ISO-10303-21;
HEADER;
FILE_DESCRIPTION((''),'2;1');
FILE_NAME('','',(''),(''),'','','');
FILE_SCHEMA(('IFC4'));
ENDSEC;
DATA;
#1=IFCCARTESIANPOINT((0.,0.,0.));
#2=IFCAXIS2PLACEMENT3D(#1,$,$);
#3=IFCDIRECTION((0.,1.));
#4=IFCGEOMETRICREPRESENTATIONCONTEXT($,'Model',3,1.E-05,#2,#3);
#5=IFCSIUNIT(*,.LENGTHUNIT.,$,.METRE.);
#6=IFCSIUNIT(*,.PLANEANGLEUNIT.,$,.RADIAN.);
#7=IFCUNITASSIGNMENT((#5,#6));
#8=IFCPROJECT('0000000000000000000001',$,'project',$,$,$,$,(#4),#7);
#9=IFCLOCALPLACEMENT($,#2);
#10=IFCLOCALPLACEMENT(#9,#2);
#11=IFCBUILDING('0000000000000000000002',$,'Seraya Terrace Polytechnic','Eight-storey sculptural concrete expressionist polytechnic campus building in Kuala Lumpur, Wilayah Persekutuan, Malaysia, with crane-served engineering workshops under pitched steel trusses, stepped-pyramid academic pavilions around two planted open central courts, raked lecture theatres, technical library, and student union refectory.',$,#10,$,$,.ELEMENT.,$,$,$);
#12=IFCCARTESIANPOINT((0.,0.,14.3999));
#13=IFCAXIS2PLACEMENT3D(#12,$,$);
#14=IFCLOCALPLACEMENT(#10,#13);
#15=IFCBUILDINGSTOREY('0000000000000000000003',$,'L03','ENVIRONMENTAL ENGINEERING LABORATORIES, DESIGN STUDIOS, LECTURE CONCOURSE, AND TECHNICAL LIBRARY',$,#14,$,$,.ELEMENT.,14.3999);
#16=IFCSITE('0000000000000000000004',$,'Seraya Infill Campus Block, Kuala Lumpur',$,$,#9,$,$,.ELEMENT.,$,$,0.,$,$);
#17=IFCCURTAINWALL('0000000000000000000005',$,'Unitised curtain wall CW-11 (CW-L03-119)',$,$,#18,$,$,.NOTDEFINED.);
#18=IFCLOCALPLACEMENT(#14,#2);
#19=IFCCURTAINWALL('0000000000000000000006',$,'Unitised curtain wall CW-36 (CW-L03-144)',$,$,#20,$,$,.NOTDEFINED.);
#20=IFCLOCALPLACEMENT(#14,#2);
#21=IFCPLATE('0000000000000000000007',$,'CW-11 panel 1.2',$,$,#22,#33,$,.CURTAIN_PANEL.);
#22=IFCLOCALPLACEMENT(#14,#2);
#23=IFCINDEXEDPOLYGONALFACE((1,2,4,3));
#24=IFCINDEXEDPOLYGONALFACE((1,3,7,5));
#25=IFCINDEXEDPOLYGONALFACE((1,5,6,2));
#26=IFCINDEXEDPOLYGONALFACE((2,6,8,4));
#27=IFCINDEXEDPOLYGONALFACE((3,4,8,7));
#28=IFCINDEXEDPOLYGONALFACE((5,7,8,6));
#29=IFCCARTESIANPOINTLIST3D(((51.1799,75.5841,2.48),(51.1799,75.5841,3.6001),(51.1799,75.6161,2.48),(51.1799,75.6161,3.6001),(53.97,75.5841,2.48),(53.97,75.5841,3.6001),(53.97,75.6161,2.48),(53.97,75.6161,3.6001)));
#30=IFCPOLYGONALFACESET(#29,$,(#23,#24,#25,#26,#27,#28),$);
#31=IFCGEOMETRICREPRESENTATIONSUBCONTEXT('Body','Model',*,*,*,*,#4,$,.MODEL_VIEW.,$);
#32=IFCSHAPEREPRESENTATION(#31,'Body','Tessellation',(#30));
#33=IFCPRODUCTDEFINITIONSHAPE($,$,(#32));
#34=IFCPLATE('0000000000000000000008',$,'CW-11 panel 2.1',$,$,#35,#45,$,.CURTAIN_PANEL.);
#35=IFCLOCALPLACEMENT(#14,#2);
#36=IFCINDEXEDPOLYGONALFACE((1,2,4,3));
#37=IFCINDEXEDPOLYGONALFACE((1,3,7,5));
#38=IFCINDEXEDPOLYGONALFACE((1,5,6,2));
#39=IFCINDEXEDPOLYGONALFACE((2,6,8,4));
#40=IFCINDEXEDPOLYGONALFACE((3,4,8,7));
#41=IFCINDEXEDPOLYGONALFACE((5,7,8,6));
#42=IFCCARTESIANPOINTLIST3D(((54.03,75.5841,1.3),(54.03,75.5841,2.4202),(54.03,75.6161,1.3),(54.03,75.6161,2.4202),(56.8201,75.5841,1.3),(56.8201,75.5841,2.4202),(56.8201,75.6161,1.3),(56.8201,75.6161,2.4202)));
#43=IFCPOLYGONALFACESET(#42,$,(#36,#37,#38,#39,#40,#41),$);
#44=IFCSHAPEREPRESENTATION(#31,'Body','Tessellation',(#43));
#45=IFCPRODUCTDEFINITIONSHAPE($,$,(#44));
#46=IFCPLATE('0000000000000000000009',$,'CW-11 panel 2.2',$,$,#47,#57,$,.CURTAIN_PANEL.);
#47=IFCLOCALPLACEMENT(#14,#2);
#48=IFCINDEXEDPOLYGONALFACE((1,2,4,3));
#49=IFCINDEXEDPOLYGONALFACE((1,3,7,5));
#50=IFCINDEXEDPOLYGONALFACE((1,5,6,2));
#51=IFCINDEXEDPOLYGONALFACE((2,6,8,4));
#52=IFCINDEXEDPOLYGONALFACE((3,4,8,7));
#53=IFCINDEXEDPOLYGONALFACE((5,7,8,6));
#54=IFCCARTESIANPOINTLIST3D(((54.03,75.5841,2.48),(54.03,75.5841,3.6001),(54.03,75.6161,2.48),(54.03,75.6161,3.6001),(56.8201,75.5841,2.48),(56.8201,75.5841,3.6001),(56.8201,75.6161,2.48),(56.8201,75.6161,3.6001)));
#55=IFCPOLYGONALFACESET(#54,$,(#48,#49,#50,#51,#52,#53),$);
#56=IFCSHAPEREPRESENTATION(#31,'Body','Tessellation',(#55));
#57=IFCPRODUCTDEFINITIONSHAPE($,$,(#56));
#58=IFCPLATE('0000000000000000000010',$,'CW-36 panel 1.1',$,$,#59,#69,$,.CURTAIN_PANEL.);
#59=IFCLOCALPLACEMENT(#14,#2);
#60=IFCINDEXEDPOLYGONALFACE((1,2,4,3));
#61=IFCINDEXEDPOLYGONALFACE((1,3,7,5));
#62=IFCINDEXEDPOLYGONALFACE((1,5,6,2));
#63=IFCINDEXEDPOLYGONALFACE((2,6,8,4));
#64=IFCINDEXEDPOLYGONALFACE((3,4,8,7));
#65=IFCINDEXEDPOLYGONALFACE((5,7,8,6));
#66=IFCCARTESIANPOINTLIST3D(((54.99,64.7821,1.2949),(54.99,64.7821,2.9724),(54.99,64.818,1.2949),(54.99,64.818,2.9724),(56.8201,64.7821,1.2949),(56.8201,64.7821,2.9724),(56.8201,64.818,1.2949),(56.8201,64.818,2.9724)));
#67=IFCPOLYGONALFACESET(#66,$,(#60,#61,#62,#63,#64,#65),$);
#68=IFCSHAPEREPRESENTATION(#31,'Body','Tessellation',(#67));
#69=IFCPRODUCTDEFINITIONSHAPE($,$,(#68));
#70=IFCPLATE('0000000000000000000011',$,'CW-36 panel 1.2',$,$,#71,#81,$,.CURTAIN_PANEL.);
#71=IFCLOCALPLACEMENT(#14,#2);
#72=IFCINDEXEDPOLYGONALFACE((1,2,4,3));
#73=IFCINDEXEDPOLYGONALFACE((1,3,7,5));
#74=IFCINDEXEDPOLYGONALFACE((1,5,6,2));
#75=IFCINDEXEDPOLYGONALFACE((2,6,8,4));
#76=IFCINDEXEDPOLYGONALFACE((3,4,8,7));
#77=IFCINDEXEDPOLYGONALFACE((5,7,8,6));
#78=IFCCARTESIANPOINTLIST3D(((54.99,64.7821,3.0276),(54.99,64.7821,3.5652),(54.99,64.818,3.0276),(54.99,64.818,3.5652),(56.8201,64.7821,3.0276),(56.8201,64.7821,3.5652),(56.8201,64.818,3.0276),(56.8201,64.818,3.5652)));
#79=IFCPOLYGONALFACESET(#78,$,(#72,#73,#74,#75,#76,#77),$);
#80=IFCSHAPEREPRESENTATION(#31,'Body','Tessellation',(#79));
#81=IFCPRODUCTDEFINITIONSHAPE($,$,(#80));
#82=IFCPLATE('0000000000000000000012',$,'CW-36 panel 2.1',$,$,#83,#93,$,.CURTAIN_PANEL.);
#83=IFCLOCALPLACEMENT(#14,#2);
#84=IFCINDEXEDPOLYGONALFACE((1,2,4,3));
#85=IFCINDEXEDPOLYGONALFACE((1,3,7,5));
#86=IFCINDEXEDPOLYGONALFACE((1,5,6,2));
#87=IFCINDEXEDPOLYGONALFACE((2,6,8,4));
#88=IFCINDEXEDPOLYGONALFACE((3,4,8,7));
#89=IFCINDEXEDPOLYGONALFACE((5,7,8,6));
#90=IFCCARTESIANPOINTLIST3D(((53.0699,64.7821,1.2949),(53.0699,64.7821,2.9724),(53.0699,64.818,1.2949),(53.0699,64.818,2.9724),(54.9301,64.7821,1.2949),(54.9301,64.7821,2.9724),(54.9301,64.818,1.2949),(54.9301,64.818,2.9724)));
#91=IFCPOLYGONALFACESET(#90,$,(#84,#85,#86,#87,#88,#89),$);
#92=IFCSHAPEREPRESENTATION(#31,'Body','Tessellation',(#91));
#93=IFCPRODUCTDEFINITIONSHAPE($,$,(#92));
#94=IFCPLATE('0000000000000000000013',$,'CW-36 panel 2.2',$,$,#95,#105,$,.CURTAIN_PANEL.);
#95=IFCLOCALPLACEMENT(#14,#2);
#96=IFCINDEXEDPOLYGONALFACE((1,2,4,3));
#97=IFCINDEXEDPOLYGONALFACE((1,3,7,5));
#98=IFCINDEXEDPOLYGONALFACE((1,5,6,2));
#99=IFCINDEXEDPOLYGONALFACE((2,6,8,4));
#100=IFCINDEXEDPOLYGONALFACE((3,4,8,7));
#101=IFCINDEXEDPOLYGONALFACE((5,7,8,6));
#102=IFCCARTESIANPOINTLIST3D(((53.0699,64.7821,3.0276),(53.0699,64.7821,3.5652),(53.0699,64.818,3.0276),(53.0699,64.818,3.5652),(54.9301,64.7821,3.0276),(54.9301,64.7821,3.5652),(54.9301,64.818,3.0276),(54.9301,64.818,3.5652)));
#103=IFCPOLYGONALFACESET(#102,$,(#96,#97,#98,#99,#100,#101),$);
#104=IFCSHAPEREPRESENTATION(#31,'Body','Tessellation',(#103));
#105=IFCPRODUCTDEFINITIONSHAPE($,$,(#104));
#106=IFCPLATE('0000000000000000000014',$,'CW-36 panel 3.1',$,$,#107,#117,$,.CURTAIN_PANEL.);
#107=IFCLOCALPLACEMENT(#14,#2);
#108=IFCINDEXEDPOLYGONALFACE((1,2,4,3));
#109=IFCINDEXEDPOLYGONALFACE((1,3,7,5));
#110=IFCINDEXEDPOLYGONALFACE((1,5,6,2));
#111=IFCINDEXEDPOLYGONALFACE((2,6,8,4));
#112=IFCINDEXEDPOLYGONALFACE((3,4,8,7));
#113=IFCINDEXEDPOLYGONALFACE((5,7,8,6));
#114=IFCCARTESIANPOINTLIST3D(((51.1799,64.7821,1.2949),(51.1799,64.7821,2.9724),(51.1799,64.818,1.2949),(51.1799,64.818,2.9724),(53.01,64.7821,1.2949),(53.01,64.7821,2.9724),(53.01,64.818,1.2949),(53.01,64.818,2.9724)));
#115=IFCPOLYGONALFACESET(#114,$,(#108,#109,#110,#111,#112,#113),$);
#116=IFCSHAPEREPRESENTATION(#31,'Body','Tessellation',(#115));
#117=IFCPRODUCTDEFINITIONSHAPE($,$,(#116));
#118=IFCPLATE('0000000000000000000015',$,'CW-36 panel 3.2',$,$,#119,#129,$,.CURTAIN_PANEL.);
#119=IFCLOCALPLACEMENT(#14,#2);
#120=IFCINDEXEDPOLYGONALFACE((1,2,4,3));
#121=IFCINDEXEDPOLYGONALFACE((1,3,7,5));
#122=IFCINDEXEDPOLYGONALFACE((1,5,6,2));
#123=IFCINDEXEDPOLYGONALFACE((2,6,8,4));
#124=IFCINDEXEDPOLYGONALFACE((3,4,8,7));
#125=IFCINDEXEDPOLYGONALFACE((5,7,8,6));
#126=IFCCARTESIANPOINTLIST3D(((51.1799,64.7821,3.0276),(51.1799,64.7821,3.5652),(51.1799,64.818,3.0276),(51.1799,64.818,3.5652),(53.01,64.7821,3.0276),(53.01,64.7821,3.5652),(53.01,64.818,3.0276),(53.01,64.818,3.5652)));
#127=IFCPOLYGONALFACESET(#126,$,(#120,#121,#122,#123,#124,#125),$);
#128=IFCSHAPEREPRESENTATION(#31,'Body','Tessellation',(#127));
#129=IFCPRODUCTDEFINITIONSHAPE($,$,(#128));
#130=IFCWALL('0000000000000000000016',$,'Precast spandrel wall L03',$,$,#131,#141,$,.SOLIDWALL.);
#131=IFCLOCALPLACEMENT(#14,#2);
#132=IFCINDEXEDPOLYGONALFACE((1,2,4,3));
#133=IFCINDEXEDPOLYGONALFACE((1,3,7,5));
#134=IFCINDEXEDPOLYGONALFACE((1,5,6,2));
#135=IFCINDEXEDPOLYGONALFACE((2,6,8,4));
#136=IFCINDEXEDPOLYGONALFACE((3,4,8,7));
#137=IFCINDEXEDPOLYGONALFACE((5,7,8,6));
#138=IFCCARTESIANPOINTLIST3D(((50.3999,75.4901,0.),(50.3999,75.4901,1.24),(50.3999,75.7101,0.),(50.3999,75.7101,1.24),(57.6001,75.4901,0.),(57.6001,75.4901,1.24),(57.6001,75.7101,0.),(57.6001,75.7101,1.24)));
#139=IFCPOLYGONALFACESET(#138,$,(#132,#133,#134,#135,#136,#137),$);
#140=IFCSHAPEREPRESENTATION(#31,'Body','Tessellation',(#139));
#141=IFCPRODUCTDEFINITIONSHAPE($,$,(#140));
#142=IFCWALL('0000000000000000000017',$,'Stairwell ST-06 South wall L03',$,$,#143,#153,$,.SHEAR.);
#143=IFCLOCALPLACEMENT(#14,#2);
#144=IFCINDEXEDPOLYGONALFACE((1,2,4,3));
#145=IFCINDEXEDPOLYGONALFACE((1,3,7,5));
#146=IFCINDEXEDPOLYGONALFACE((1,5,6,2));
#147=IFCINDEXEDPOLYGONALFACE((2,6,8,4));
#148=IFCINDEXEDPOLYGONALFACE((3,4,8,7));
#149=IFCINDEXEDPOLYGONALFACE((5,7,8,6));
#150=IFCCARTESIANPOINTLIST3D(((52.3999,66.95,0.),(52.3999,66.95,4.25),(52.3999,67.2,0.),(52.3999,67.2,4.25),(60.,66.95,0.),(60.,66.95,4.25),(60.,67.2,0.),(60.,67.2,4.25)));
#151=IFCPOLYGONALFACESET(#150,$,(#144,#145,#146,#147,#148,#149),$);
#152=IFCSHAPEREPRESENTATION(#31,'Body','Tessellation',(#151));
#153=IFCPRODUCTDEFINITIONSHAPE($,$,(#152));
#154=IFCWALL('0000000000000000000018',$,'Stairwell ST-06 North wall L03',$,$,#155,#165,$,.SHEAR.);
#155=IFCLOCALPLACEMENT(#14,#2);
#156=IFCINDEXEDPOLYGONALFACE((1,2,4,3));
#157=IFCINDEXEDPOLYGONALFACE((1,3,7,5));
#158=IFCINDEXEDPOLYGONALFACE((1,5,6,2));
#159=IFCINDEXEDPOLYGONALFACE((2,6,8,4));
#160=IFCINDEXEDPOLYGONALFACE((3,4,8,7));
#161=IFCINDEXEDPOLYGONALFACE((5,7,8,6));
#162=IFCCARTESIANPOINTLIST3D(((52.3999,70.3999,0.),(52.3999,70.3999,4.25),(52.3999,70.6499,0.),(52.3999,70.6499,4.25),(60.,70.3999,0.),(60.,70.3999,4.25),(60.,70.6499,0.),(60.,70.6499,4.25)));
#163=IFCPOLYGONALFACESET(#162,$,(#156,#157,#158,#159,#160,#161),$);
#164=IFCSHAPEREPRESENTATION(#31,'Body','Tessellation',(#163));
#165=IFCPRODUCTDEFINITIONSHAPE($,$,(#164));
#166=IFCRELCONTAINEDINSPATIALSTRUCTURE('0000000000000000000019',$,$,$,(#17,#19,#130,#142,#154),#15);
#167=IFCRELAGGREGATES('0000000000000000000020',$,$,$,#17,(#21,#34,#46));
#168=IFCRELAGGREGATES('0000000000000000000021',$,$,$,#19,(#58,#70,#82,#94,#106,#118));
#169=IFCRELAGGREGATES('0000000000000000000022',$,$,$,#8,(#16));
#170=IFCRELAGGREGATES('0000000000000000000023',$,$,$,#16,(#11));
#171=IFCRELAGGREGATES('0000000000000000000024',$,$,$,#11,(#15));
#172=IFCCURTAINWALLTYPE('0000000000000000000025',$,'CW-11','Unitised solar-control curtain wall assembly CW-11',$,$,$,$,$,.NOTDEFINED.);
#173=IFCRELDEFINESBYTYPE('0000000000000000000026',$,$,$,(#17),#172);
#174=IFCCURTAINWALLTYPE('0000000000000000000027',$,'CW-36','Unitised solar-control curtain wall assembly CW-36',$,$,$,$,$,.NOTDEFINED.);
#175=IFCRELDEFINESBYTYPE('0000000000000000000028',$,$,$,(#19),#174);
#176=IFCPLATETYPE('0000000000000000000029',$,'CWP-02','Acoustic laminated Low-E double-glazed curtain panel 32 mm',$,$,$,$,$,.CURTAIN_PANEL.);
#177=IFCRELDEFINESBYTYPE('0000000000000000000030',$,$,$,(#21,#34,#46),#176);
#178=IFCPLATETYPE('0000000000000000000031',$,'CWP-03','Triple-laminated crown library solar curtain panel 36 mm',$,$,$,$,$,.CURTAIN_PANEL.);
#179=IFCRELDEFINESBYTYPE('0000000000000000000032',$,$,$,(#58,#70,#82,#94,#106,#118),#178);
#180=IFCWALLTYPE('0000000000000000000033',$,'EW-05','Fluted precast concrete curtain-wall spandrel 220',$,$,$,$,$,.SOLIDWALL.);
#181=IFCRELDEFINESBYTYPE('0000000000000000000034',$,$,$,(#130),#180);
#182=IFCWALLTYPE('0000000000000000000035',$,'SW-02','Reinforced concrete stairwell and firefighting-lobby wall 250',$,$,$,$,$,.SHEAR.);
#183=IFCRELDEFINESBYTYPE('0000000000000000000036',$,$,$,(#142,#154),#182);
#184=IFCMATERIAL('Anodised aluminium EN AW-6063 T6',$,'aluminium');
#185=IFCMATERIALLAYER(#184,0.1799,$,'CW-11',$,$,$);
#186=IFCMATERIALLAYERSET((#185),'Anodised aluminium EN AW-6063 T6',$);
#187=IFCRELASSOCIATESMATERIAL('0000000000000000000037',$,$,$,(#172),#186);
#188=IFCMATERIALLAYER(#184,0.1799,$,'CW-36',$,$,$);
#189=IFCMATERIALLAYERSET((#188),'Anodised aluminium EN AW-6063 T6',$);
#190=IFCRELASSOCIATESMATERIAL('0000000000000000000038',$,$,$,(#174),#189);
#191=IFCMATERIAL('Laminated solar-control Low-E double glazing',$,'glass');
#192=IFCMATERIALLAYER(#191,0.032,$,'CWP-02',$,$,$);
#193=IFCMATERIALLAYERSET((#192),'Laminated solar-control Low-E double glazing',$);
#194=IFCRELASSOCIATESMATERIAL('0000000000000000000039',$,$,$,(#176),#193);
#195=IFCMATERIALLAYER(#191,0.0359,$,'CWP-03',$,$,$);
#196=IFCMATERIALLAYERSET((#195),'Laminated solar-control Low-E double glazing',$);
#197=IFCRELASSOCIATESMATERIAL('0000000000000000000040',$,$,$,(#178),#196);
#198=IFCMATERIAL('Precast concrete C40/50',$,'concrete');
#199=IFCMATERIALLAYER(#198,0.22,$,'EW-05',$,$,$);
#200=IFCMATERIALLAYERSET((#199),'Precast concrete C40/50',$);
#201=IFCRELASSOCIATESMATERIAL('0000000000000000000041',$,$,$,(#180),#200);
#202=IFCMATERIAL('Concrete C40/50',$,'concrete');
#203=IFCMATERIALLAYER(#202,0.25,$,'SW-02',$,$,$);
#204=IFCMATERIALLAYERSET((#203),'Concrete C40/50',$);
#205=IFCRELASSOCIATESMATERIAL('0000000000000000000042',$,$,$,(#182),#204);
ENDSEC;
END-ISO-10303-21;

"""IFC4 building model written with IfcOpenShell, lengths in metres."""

from ifc_helpers import new_model, si_unit, direction, frame, frame_2d, origin, origin_2d, place, context, subcontext, project, spatial, rectangle, extrude, material, layer, layer_set, type_object, element, aggregate, save


model = new_model("IFC4")

# Units and contexts
model_context = context("Model", 3, precision=1e-05, world=origin(), true_north=direction((0.0, 1.0)))
body_context = subcontext(model_context, "Body", "Model", "MODEL_VIEW")
ifc_project = project(units=[si_unit("LENGTHUNIT", "METRE"), si_unit("PLANEANGLEUNIT", "RADIAN")], contexts=[model_context])

# Site, building, storey
site_placement = place(None, origin())
site = spatial("IfcSite", under=ifc_project, at=site_placement, Name="Seraya Infill Campus Block, Kuala Lumpur", CompositionType="ELEMENT", RefElevation=0.0)
building_placement = place(site_placement, origin())
building = spatial("IfcBuilding", under=site, at=building_placement, Name="Seraya Terrace Polytechnic", Description="Eight-storey sculptural concrete expressionist polytechnic campus building in Kuala Lumpur, Wilayah Persekutuan, Malaysia, with crane-served engineering workshops under pitched steel trusses, stepped-pyramid academic pavilions around two planted open central courts, raked lecture theatres, technical library, and student union refectory.", CompositionType="ELEMENT")
storey_placement = place(building_placement, frame((0.0, 0.0, 14.3999)))
storey = spatial("IfcBuildingStorey", under=building, at=storey_placement, Name="L03", Description="ENVIRONMENTAL ENGINEERING LABORATORIES, DESIGN STUDIOS, LECTURE CONCOURSE, AND TECHNICAL LIBRARY", CompositionType="ELEMENT", Elevation=14.3999)

# Shared definitions
ifc_material_1 = material(Name="Concrete C40/50", Category="concrete")

# Curtain walls
ifc_material_2 = material(Name="Anodised aluminium EN AW-6063 T6", Category="aluminium")
ifc_layer_1 = layer(ifc_material_2, 0.1799, Name="CW-11")
ifc_layer_set_1 = layer_set([ifc_layer_1], Name="Anodised aluminium EN AW-6063 T6")
curtain_wall_type_1 = type_object("IfcCurtainWallType", Name="CW-11", Description="Unitised solar-control curtain wall assembly CW-11", PredefinedType="NOTDEFINED", material=ifc_layer_set_1)
curtain_wall_1_placement = place(storey_placement, origin())
curtain_wall_1 = element("IfcCurtainWall", 1, at=curtain_wall_1_placement, inside=storey, type_object=curtain_wall_type_1, Name="Unitised curtain wall CW-11 (CW-L03-119)", PredefinedType="NOTDEFINED")
ifc_layer_2 = layer(ifc_material_2, 0.1799, Name="CW-36")
ifc_layer_set_2 = layer_set([ifc_layer_2], Name="Anodised aluminium EN AW-6063 T6")
curtain_wall_type_2 = type_object("IfcCurtainWallType", Name="CW-36", Description="Unitised solar-control curtain wall assembly CW-36", PredefinedType="NOTDEFINED", material=ifc_layer_set_2)
curtain_wall_2_placement = place(storey_placement, origin())
curtain_wall_2 = element("IfcCurtainWall", 2, at=curtain_wall_2_placement, inside=storey, type_object=curtain_wall_type_2, Name="Unitised curtain wall CW-36 (CW-L03-144)", PredefinedType="NOTDEFINED")

# Plates
ifc_material_3 = material(Name="Laminated solar-control Low-E double glazing", Category="glass")
ifc_layer_3 = layer(ifc_material_3, 0.032, Name="CWP-02")
ifc_layer_set_3 = layer_set([ifc_layer_3], Name="Laminated solar-control Low-E double glazing")
plate_type_1 = type_object("IfcPlateType", Name="CWP-02", Description="Acoustic laminated Low-E double-glazed curtain panel 32 mm", PredefinedType="CURTAIN_PANEL", material=ifc_layer_set_3)
plate_1_placement = place(storey_placement, frame((52.575, 75.6001, 2.48), z_axis=(0.0, 0.0, 1.0), x_axis=(1.0, 0.0, 0.0)))
plate_1 = element("IfcPlate", 3, at=plate_1_placement, type_object=plate_type_1, Name="CW-11 panel 1.2", PredefinedType="CURTAIN_PANEL", context=body_context, shape_type="SweptSolid", body=[
    extrude(rectangle(XDim=2.79, YDim=0.032, at=origin_2d()), origin(), (0.0, 0.0, 1.0), 1.1201),
])
plate_2_placement = place(storey_placement, frame((55.425, 75.6001, 1.3), z_axis=(0.0, 0.0, 1.0), x_axis=(1.0, 0.0, 0.0)))
plate_2 = element("IfcPlate", 4, at=plate_2_placement, type_object=plate_type_1, Name="CW-11 panel 2.1", PredefinedType="CURTAIN_PANEL", context=body_context, shape_type="SweptSolid", body=[
    extrude(rectangle(XDim=2.79, YDim=0.032, at=origin_2d()), origin(), (0.0, 0.0, 1.0), 1.1201),
])
plate_3_placement = place(storey_placement, frame((55.425, 75.6001, 2.48), z_axis=(0.0, 0.0, 1.0), x_axis=(1.0, 0.0, 0.0)))
plate_3 = element("IfcPlate", 5, at=plate_3_placement, type_object=plate_type_1, Name="CW-11 panel 2.2", PredefinedType="CURTAIN_PANEL", context=body_context, shape_type="SweptSolid", body=[
    extrude(rectangle(XDim=2.79, YDim=0.032, at=origin_2d()), origin(), (0.0, 0.0, 1.0), 1.1201),
])
aggregate(curtain_wall_1, [plate_1, plate_2, plate_3])
ifc_layer_4 = layer(ifc_material_3, 0.0359, Name="CWP-03")
ifc_layer_set_4 = layer_set([ifc_layer_4], Name="Laminated solar-control Low-E double glazing")
plate_type_2 = type_object("IfcPlateType", Name="CWP-03", Description="Triple-laminated crown library solar curtain panel 36 mm", PredefinedType="CURTAIN_PANEL", material=ifc_layer_set_4)
plate_4_placement = place(storey_placement, frame((55.905, 64.8, 1.2949), z_axis=(0.0, 0.0, 1.0), x_axis=(-1.0, 0.0, 0.0)))
plate_4 = element("IfcPlate", 6, at=plate_4_placement, type_object=plate_type_2, Name="CW-36 panel 1.1", PredefinedType="CURTAIN_PANEL", context=body_context, shape_type="SweptSolid", body=[
    extrude(rectangle(XDim=1.8301, YDim=0.0359, at=origin_2d()), origin(), (0.0, 0.0, 1.0), 1.6775),
])
plate_5_placement = place(storey_placement, frame((55.905, 64.8, 3.0276), z_axis=(0.0, 0.0, 1.0), x_axis=(-1.0, 0.0, 0.0)))
plate_5 = element("IfcPlate", 7, at=plate_5_placement, type_object=plate_type_2, Name="CW-36 panel 1.2", PredefinedType="CURTAIN_PANEL", context=body_context, shape_type="SweptSolid", body=[
    extrude(rectangle(XDim=1.8301, YDim=0.0359, at=origin_2d()), origin(), (0.0, 0.0, 1.0), 0.5376),
])
plate_6_placement = place(storey_placement, frame((54.0, 64.8, 1.2949), z_axis=(0.0, 0.0, 1.0), x_axis=(-1.0, 0.0, 0.0)))
plate_6 = element("IfcPlate", 8, at=plate_6_placement, type_object=plate_type_2, Name="CW-36 panel 2.1", PredefinedType="CURTAIN_PANEL", context=body_context, shape_type="SweptSolid", body=[
    extrude(rectangle(XDim=1.8601, YDim=0.0359, at=origin_2d()), origin(), (0.0, 0.0, 1.0), 1.6775),
])
plate_7_placement = place(storey_placement, frame((54.0, 64.8, 3.0276), z_axis=(0.0, 0.0, 1.0), x_axis=(-1.0, 0.0, 0.0)))
plate_7 = element("IfcPlate", 9, at=plate_7_placement, type_object=plate_type_2, Name="CW-36 panel 2.2", PredefinedType="CURTAIN_PANEL", context=body_context, shape_type="SweptSolid", body=[
    extrude(rectangle(XDim=1.8601, YDim=0.0359, at=origin_2d()), origin(), (0.0, 0.0, 1.0), 0.5376),
])
plate_8_placement = place(storey_placement, frame((52.095, 64.8, 1.2949), z_axis=(0.0, 0.0, 1.0), x_axis=(-1.0, 0.0, 0.0)))
plate_8 = element("IfcPlate", 10, at=plate_8_placement, type_object=plate_type_2, Name="CW-36 panel 3.1", PredefinedType="CURTAIN_PANEL", context=body_context, shape_type="SweptSolid", body=[
    extrude(rectangle(XDim=1.8301, YDim=0.0359, at=origin_2d()), origin(), (0.0, 0.0, 1.0), 1.6775),
])
plate_9_placement = place(storey_placement, frame((52.095, 64.8, 3.0276), z_axis=(0.0, 0.0, 1.0), x_axis=(-1.0, 0.0, 0.0)))
plate_9 = element("IfcPlate", 11, at=plate_9_placement, type_object=plate_type_2, Name="CW-36 panel 3.2", PredefinedType="CURTAIN_PANEL", context=body_context, shape_type="SweptSolid", body=[
    extrude(rectangle(XDim=1.8301, YDim=0.0359, at=origin_2d()), origin(), (0.0, 0.0, 1.0), 0.5376),
])
aggregate(curtain_wall_2, [plate_4, plate_5, plate_6, plate_7, plate_8, plate_9])

# Wall
ifc_material_4 = material(Name="Precast concrete C40/50", Category="concrete")
ifc_layer_5 = layer(ifc_material_4, 0.22, Name="EW-05")
ifc_layer_set_5 = layer_set([ifc_layer_5], Name="Precast concrete C40/50")
wall_type_1 = type_object("IfcWallType", Name="EW-05", Description="Fluted precast concrete curtain-wall spandrel 220", PredefinedType="SOLIDWALL", material=ifc_layer_set_5)
wall_1_placement = place(storey_placement, frame((50.3999, 75.6001, 0.0), z_axis=(0.0, 0.0, 1.0), x_axis=(1.0, 0.0, 0.0)))
element("IfcWall", 12, at=wall_1_placement, inside=storey, type_object=wall_type_1, Name="Precast spandrel wall L03", PredefinedType="SOLIDWALL", context=body_context, shape_type="SweptSolid", body=[
    extrude(rectangle(XDim=7.2002, YDim=0.22, at=frame_2d((3.6001, 0.0))), origin(), (0.0, 0.0, 1.0), 1.24),
])

# Shared definitions
ifc_layer_6 = layer(ifc_material_1, 0.25, Name="SW-02")
ifc_layer_set_6 = layer_set([ifc_layer_6], Name="Concrete C40/50")
wall_type_2 = type_object("IfcWallType", Name="SW-02", Description="Reinforced concrete stairwell and firefighting-lobby wall 250", PredefinedType="SHEAR", material=ifc_layer_set_6)

# Walls
for number, where, z_axis, x_axis, name in (
    (13, (52.3999, 67.075, 0.0), (0.0, 0.0, 1.0), (1.0, 0.0, 0.0), "Stairwell ST-06 South wall L03"),
    (14, (52.3999, 70.5249, 0.0), (0.0, 0.0, 1.0), (1.0, 0.0, 0.0), "Stairwell ST-06 North wall L03"),
):
    element("IfcWall", number, at=place(storey_placement, frame(where, z_axis=z_axis, x_axis=x_axis)), inside=storey, type_object=wall_type_2, Name=name, PredefinedType="SHEAR", context=body_context, shape_type="SweptSolid", body=[
        extrude(rectangle(XDim=7.6001, YDim=0.25, at=frame_2d((3.8, 0.0))), origin(), (0.0, 0.0, 1.0), 4.25),
    ])

save(model, "model.ifc")
